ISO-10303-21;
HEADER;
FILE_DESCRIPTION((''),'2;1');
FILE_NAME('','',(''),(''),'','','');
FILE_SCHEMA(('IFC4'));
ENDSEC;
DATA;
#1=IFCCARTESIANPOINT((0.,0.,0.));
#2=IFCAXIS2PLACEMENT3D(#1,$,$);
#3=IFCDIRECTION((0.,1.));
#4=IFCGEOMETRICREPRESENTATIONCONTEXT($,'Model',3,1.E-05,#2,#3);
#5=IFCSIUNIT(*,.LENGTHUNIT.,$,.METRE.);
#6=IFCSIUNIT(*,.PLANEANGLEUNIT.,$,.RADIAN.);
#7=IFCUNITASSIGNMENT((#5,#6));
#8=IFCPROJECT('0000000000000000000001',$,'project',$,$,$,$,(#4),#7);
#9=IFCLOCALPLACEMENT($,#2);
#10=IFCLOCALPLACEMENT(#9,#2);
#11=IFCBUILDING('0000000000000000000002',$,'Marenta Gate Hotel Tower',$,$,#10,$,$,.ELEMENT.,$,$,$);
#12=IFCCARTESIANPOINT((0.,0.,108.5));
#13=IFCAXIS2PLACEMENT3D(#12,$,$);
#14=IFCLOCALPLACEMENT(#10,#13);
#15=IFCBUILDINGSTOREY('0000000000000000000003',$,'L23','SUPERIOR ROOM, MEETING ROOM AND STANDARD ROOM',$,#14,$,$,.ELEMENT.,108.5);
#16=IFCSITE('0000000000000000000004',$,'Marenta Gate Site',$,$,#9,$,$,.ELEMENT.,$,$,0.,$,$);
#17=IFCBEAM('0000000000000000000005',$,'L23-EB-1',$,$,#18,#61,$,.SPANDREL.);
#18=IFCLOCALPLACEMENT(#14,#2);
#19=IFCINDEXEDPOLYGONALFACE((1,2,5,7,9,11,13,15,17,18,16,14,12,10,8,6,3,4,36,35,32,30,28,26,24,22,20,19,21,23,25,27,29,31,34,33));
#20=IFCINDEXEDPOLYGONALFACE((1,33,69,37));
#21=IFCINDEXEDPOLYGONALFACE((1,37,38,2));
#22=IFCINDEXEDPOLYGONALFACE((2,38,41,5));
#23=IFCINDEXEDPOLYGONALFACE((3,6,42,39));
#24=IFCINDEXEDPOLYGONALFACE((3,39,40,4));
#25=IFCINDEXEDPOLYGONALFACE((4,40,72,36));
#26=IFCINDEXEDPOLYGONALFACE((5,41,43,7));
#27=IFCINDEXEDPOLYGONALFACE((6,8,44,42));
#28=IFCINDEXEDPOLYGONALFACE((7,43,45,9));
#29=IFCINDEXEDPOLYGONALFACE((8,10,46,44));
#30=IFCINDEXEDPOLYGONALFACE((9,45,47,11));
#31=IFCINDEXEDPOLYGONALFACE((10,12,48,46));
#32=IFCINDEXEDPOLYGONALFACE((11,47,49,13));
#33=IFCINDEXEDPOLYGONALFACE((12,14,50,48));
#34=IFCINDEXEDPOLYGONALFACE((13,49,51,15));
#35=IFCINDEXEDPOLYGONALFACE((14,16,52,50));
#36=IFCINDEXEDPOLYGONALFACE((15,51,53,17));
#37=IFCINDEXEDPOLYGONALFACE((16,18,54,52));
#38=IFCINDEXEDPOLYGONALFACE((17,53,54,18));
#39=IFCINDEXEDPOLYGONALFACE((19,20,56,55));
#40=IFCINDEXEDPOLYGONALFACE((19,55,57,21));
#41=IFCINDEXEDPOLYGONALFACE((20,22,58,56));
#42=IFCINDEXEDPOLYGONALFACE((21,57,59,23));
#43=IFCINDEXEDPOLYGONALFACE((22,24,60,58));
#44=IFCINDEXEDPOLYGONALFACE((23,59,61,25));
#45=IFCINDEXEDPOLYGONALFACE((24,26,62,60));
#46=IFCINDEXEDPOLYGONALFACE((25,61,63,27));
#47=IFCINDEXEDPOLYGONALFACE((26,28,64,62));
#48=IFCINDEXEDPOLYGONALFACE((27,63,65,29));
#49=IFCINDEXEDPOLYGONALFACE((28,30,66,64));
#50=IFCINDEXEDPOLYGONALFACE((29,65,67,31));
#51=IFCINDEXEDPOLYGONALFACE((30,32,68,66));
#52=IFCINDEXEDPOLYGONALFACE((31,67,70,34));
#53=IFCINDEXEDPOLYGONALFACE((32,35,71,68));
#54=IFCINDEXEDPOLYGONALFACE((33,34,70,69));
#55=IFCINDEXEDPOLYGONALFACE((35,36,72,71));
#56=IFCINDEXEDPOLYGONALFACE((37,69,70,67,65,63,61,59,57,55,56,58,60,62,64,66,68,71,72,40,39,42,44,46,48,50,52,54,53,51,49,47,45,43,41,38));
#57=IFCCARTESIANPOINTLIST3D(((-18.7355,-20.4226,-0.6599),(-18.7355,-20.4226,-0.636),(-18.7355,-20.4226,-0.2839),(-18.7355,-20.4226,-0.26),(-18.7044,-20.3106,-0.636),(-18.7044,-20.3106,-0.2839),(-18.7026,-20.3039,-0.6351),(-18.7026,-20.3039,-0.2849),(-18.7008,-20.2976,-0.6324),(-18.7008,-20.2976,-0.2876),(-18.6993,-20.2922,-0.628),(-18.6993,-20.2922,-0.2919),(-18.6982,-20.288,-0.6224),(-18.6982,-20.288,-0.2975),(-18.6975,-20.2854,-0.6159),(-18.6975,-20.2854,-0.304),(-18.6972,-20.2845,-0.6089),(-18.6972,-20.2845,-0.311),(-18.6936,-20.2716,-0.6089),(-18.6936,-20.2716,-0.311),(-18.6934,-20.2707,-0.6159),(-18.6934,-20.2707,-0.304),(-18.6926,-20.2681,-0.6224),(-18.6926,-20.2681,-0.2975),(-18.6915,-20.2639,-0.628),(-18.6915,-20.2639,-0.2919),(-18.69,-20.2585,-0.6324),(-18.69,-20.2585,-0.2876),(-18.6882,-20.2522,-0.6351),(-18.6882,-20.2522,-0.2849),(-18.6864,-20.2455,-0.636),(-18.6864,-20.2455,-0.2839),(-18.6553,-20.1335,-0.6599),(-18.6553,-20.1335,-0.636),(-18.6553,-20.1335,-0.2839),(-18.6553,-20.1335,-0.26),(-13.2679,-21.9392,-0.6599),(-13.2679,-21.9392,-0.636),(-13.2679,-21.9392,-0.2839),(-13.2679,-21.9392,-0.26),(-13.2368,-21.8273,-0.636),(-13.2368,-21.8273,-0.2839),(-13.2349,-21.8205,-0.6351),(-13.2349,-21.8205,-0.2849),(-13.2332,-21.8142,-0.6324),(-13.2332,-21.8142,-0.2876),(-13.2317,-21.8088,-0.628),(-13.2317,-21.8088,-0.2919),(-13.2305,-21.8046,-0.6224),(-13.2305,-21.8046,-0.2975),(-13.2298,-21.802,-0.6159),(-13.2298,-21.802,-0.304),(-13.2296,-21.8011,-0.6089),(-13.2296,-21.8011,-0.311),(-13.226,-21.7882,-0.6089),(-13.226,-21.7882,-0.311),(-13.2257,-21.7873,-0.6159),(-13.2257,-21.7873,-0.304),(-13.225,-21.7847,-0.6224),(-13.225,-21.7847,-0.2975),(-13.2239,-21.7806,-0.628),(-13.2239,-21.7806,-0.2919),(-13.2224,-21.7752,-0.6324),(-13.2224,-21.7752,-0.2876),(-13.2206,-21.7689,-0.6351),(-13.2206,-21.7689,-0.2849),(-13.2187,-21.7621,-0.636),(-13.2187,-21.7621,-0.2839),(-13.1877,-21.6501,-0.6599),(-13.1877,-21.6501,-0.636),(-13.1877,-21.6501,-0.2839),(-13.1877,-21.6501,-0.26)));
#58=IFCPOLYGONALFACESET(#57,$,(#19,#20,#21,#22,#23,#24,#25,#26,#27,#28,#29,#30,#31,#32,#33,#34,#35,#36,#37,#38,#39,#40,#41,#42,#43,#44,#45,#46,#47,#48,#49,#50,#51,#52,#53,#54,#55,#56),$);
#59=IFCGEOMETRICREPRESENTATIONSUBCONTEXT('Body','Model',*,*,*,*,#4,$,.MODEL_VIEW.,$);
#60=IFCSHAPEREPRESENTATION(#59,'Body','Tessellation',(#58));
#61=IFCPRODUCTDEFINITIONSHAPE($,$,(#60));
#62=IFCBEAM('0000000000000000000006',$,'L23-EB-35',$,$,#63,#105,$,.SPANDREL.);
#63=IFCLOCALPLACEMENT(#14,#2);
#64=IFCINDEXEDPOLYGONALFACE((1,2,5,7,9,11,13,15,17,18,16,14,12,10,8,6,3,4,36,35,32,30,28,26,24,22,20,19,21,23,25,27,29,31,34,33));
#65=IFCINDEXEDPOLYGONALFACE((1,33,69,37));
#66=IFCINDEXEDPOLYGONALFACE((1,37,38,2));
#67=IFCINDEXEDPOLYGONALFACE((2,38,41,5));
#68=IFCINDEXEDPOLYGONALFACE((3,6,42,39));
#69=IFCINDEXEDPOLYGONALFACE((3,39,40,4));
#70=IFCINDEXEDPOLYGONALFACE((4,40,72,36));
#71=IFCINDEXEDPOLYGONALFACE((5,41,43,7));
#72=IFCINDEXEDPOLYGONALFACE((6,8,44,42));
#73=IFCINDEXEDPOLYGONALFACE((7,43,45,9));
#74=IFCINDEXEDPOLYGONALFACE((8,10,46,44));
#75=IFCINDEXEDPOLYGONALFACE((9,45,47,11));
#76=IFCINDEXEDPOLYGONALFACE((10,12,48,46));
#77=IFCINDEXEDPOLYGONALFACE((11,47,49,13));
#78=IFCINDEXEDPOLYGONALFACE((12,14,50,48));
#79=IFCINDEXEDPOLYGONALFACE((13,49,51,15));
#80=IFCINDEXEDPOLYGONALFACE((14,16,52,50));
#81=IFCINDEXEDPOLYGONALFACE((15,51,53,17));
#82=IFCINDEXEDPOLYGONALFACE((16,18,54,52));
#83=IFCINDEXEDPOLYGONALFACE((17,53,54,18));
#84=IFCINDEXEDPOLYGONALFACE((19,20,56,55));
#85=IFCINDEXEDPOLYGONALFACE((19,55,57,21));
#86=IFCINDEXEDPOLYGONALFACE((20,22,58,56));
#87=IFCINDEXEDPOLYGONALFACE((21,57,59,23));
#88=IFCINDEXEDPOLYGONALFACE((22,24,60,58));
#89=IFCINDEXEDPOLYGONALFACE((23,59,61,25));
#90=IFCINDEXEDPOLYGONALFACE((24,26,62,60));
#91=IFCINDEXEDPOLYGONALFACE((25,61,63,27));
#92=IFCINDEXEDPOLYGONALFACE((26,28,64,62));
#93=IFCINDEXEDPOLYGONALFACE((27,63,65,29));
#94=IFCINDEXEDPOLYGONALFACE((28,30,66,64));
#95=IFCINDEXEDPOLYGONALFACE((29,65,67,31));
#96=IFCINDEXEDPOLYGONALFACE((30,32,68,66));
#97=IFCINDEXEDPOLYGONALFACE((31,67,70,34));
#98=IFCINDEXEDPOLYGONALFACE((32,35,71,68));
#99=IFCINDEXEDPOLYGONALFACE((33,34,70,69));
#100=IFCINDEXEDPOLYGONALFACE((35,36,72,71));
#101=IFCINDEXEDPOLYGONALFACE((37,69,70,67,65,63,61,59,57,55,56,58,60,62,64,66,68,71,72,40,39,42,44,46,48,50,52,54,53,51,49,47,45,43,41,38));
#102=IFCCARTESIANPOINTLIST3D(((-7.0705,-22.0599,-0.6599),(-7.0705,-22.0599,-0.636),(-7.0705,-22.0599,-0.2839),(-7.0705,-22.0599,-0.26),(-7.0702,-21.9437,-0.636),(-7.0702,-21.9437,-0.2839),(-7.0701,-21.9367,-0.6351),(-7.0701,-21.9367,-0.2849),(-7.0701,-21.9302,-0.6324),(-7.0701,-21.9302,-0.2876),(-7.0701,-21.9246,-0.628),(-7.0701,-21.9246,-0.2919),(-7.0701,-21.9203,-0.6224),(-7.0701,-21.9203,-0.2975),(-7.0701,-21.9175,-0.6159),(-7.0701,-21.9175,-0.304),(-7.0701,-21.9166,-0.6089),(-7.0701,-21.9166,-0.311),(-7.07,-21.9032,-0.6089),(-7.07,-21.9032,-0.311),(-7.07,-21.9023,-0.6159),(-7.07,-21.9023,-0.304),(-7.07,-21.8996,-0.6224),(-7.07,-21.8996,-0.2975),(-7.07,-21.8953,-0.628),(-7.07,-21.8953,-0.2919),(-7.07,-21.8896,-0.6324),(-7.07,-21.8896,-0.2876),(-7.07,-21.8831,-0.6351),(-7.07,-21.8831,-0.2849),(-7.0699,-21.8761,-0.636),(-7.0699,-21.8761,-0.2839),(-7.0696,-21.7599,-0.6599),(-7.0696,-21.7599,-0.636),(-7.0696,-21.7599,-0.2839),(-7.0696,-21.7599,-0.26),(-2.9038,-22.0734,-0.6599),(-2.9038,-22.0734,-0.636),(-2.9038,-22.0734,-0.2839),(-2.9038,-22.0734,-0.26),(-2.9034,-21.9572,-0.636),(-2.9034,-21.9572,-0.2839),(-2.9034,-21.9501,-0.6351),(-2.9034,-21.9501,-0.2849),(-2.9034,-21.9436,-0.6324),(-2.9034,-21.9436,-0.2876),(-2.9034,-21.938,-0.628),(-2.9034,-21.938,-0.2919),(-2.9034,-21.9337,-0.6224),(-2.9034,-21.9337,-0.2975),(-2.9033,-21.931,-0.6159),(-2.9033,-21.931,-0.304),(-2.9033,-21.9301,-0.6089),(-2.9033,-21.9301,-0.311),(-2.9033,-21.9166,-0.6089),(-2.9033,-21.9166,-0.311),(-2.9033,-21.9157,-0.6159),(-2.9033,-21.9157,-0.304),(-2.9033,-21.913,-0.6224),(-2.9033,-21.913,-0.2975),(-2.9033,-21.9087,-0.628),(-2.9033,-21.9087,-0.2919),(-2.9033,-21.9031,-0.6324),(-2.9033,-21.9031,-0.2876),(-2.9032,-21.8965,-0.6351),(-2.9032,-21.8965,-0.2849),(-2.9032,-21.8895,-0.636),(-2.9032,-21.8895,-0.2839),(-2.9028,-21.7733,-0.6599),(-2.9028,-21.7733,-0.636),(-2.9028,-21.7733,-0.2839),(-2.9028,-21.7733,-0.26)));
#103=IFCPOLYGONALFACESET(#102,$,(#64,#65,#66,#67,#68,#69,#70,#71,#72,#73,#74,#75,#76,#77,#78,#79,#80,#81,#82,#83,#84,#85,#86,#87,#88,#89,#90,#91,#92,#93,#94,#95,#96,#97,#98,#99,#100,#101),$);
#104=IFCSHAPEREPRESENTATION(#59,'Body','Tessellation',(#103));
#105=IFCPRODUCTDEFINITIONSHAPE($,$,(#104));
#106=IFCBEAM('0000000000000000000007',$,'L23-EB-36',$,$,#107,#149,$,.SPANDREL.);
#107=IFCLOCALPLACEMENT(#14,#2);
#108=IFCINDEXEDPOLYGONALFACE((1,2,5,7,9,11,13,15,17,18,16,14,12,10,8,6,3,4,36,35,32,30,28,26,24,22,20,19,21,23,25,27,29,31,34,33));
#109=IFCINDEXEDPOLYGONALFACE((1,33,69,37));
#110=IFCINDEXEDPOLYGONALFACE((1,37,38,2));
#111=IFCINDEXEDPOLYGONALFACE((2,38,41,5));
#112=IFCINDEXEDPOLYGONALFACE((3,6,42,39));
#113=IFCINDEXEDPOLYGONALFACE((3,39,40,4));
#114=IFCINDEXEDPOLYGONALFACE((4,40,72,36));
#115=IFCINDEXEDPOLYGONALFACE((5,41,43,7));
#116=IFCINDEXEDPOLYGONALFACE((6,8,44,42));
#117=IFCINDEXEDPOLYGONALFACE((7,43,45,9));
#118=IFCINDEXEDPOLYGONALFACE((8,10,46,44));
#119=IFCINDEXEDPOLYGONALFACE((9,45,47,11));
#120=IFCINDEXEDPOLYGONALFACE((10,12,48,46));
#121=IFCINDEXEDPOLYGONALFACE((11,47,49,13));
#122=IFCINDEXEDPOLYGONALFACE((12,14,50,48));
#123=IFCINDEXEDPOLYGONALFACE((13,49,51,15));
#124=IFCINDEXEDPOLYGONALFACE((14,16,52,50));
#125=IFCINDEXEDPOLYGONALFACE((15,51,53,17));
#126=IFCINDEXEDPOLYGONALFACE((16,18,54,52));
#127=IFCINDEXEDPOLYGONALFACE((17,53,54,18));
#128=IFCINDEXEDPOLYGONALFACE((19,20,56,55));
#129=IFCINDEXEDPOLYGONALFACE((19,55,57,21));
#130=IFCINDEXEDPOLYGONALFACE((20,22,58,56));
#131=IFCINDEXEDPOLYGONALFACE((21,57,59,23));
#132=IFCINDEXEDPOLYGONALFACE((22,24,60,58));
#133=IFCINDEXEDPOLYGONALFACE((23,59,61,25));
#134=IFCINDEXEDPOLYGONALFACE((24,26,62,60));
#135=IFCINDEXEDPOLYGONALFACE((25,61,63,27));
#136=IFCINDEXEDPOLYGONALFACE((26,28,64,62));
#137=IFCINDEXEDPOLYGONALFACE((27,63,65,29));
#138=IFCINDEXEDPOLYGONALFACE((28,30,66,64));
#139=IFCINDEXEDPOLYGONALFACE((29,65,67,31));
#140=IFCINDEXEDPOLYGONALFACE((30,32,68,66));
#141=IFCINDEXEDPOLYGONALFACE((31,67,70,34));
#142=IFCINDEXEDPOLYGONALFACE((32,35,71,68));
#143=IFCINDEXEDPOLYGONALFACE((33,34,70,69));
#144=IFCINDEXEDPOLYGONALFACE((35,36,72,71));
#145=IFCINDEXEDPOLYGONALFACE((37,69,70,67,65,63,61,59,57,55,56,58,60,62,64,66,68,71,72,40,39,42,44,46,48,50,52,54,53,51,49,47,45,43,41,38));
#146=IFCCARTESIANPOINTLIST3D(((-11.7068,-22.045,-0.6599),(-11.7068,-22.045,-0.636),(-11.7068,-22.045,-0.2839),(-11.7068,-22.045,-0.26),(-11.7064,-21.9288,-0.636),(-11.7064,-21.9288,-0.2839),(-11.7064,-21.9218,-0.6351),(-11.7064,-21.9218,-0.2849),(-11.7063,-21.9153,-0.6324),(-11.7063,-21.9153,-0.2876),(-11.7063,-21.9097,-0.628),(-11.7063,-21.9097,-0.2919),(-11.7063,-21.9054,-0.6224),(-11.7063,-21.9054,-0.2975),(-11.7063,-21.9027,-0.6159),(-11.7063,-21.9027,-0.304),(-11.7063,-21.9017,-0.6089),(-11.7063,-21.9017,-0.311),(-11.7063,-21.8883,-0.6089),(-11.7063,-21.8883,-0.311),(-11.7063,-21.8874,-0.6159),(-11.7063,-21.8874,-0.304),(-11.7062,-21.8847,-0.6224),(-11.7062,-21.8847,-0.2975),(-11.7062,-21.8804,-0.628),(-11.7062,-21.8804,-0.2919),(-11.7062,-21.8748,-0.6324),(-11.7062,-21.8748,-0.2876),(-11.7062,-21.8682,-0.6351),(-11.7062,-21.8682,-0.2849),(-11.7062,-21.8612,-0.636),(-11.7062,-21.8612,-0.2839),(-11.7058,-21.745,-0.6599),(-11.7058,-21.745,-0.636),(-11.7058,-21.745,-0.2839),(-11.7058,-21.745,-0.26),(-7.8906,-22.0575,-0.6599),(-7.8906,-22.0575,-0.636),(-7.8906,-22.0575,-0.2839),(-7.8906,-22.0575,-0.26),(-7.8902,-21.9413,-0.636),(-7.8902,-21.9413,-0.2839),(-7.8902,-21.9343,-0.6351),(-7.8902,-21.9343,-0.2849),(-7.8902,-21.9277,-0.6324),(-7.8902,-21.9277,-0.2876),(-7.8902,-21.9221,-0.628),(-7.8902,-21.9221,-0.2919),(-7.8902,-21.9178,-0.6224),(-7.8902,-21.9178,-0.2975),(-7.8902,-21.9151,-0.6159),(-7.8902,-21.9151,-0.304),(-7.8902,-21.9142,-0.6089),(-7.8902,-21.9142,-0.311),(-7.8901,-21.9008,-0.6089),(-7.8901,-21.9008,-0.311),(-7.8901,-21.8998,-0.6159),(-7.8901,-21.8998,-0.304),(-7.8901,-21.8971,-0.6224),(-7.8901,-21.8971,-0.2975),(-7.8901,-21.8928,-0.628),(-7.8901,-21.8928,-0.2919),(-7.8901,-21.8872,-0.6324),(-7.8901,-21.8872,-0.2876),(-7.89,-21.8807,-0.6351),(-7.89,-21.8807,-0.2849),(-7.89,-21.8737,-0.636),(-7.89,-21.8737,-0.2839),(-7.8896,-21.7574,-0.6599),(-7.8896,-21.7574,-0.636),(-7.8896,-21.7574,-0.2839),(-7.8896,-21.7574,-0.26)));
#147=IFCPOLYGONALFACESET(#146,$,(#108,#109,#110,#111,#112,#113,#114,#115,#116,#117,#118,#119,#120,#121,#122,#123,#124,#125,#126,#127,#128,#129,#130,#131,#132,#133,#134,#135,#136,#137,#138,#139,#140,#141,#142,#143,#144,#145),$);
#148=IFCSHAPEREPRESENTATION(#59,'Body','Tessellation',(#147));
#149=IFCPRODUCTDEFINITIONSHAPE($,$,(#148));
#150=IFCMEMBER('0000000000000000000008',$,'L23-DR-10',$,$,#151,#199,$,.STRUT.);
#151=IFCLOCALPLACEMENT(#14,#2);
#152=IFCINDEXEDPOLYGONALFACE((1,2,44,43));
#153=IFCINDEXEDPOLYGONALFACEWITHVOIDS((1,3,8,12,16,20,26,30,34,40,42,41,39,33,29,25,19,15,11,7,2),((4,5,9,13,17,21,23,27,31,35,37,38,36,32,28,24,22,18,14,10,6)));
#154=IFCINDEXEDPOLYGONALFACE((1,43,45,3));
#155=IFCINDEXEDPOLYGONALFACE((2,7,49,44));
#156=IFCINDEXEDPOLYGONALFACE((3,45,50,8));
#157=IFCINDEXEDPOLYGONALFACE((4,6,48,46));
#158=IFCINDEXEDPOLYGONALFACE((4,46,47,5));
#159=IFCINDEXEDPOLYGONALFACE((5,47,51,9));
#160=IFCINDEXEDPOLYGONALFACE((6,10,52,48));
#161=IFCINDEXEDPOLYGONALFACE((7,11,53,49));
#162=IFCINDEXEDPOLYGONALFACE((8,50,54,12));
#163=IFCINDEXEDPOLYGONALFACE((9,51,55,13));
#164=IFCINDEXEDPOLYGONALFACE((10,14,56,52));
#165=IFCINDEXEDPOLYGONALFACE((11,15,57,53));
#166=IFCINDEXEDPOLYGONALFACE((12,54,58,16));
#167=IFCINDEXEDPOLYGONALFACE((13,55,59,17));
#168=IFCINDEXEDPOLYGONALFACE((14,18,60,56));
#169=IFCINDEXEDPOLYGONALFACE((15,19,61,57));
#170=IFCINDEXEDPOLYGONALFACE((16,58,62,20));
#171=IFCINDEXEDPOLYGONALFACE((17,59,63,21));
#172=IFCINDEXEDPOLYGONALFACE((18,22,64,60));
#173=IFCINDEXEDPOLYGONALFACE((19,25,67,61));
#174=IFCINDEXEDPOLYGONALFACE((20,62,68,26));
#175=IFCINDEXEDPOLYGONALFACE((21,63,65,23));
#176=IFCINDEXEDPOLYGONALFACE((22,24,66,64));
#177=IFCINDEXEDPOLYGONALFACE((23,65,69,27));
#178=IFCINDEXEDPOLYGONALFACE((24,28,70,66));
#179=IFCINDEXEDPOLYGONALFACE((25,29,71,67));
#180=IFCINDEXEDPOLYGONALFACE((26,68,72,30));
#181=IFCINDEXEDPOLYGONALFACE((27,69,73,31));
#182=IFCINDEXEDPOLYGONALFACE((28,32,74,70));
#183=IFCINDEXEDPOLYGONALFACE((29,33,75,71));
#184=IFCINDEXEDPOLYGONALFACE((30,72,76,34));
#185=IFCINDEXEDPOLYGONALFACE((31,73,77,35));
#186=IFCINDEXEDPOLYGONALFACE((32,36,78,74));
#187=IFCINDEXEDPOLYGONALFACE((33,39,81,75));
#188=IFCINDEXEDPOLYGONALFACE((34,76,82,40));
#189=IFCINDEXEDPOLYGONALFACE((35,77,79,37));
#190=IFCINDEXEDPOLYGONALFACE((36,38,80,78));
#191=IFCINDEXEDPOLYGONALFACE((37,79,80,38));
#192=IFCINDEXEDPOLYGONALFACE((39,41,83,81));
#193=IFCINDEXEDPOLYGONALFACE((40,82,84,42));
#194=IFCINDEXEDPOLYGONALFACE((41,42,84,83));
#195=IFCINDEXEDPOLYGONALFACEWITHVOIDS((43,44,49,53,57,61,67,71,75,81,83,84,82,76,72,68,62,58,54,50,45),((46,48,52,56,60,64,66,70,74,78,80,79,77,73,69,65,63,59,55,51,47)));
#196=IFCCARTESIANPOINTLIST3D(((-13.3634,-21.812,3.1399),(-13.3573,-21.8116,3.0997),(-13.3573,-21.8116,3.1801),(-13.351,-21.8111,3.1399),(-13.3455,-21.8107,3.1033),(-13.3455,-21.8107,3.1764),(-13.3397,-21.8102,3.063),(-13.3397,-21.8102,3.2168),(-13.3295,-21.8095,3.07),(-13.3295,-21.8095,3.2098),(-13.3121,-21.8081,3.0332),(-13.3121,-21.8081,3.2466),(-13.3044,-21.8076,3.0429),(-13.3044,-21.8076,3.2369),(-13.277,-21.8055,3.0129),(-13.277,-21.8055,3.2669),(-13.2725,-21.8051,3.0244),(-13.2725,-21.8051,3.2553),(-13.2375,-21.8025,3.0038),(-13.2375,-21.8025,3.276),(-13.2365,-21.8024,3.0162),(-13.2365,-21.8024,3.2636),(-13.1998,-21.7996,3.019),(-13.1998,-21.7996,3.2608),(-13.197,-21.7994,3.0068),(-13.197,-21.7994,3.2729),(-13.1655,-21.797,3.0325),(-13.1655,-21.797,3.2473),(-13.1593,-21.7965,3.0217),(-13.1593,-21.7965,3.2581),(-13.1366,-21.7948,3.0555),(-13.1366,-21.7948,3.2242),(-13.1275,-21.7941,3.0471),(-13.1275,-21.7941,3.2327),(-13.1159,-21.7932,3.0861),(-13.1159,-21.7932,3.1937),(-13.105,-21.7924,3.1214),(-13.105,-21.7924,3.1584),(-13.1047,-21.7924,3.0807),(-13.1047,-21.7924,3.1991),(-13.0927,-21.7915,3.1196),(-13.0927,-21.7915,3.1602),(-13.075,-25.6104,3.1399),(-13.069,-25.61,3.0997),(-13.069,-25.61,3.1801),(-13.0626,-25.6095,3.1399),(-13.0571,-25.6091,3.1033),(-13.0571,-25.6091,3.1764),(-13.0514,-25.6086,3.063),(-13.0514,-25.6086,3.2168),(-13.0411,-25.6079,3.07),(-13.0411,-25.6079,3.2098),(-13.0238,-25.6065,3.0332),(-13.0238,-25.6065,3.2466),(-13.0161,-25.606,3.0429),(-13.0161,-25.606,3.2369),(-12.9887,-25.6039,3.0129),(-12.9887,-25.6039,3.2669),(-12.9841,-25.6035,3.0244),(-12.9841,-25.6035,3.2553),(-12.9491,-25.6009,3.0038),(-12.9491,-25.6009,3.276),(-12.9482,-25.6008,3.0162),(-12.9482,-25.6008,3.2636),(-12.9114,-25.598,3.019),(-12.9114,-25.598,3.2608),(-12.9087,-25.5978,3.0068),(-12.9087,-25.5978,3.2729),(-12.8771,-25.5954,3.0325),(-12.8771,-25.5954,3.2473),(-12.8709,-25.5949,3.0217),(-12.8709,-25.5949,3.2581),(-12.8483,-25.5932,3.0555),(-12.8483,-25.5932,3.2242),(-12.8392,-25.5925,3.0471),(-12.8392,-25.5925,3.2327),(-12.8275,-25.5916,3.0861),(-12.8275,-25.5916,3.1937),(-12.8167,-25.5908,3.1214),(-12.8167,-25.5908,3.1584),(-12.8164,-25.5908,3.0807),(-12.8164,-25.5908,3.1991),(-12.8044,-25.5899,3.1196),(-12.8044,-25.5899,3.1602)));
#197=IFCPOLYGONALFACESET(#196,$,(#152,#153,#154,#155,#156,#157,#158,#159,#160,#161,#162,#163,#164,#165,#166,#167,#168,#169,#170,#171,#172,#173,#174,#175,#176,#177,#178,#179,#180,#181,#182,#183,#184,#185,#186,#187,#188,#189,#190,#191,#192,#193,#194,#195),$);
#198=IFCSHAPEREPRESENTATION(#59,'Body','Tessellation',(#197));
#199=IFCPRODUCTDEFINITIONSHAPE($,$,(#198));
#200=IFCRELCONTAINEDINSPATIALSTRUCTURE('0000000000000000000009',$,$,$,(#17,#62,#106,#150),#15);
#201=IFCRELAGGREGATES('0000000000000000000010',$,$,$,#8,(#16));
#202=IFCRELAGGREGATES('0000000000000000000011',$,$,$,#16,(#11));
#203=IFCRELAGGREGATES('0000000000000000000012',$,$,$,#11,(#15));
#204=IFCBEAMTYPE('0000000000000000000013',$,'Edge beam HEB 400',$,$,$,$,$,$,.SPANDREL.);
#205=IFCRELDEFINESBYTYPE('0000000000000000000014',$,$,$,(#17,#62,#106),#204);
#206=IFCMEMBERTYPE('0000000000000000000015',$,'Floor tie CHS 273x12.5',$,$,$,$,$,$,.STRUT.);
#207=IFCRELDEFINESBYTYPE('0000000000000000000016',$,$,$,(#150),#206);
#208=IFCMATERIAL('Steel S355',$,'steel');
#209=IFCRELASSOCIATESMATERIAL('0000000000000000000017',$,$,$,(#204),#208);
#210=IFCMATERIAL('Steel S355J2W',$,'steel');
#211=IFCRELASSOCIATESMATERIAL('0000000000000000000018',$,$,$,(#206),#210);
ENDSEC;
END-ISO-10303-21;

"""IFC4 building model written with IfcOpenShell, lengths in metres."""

from ifc_helpers import new_model, si_unit, direction, frame, origin, origin_2d, place, context, subcontext, project, spatial, hollow_circle, i_section, extrude, material, material_profile, profile_set, type_object, element, save


model = new_model("IFC4")

# Units and contexts
model_context = context("Model", 3, precision=1e-05, world=origin(), true_north=direction((0.0, 1.0)))
body_context = subcontext(model_context, "Body", "Model", "MODEL_VIEW")
ifc_project = project(units=[si_unit("LENGTHUNIT", "METRE"), si_unit("PLANEANGLEUNIT", "RADIAN")], contexts=[model_context])

# Site, building, storey
site_placement = place(None, origin())
site = spatial("IfcSite", under=ifc_project, at=site_placement, Name="Marenta Gate Site", CompositionType="ELEMENT", RefElevation=0.0)
building_placement = place(site_placement, origin())
building = spatial("IfcBuilding", under=site, at=building_placement, Name="Marenta Gate Hotel Tower", CompositionType="ELEMENT")
storey_placement = place(building_placement, frame((0.0, 0.0, 108.5)))
storey = spatial("IfcBuildingStorey", under=building, at=storey_placement, Name="L23", Description="SUPERIOR ROOM, MEETING ROOM AND STANDARD ROOM", CompositionType="ELEMENT", Elevation=108.5)

# Beams
ifc_material_1 = material(Name="Steel S355", Category="steel")
ifc_material_profile_1 = material_profile(ifc_material_1, i_section(OverallWidth=0.3, OverallDepth=0.3999, WebThickness=0.0134, FlangeThickness=0.0239, FilletRadius=0.0271, at=origin_2d()), Name="HEB 400")
ifc_profile_set_1 = profile_set([ifc_material_profile_1], Name="Steel S355")
beam_type = type_object("IfcBeamType", Name="Edge beam HEB 400", PredefinedType="SPANDREL", material=ifc_profile_set_1)
beam_1_placement = place(storey_placement, frame((-13.2278, -21.7947, -0.46), z_axis=(-0.963616, 0.267291, 0.0), x_axis=(-0.267291, -0.963616, 0.0)))
element("IfcBeam", 1, at=beam_1_placement, inside=storey, type_object=beam_type, Name="L23-EB-1", PredefinedType="SPANDREL", context=body_context, shape_type="SweptSolid", body=[
    extrude(i_section(OverallWidth=0.3, OverallDepth=0.3999, WebThickness=0.0134, FlangeThickness=0.0239, FilletRadius=0.0271, at=origin_2d()), origin(), (0.0, 0.0, 1.0), 5.6741),
])
beam_2_placement = place(storey_placement, frame((-2.9033, -21.9233, -0.46), z_axis=(-0.999995, 0.003223, 0.0), x_axis=(-0.003223, -0.999995, 0.0)))
element("IfcBeam", 2, at=beam_2_placement, inside=storey, type_object=beam_type, Name="L23-EB-35", PredefinedType="SPANDREL", context=body_context, shape_type="SweptSolid", body=[
    extrude(i_section(OverallWidth=0.3, OverallDepth=0.3999, WebThickness=0.0134, FlangeThickness=0.0239, FilletRadius=0.0271, at=origin_2d()), origin(), (0.0, 0.0, 1.0), 4.1667),
])
beam_3_placement = place(storey_placement, frame((-7.8901, -21.9075, -0.46), z_axis=(-0.999995, 0.003263, 0.0), x_axis=(-0.003263, -0.999995, 0.0)))
element("IfcBeam", 3, at=beam_3_placement, inside=storey, type_object=beam_type, Name="L23-EB-36", PredefinedType="SPANDREL", context=body_context, shape_type="SweptSolid", body=[
    extrude(i_section(OverallWidth=0.3, OverallDepth=0.3999, WebThickness=0.0134, FlangeThickness=0.0239, FilletRadius=0.0271, at=origin_2d()), origin(), (0.0, 0.0, 1.0), 3.8162),
])

# Member
ifc_material_2 = material(Name="Steel S355J2W", Category="steel")
ifc_material_profile_2 = material_profile(ifc_material_2, hollow_circle(Radius=0.1365, WallThickness=0.0125, at=origin_2d()), Name="CHS 273x12.5")
ifc_profile_set_2 = profile_set([ifc_material_profile_2], Name="Steel S355J2W")
member_type_1 = type_object("IfcMemberType", Name="Floor tie CHS 273x12.5", PredefinedType="STRUT", material=ifc_profile_set_2)
member_1_placement = place(storey_placement, frame((-12.939, -25.6001, 3.1399), z_axis=(-0.075692, 0.997131, 0.0), x_axis=(-0.997131, -0.075692, 0.0)))
element("IfcMember", 4, at=member_1_placement, inside=storey, type_object=member_type_1, Name="L23-DR-10", PredefinedType="STRUT", context=body_context, shape_type="SweptSolid", body=[
    extrude(hollow_circle(Radius=0.1365, WallThickness=0.0125, at=origin_2d()), origin(), (0.0, 0.0, 1.0), 3.8093),
])

save(model, "model.ifc")
